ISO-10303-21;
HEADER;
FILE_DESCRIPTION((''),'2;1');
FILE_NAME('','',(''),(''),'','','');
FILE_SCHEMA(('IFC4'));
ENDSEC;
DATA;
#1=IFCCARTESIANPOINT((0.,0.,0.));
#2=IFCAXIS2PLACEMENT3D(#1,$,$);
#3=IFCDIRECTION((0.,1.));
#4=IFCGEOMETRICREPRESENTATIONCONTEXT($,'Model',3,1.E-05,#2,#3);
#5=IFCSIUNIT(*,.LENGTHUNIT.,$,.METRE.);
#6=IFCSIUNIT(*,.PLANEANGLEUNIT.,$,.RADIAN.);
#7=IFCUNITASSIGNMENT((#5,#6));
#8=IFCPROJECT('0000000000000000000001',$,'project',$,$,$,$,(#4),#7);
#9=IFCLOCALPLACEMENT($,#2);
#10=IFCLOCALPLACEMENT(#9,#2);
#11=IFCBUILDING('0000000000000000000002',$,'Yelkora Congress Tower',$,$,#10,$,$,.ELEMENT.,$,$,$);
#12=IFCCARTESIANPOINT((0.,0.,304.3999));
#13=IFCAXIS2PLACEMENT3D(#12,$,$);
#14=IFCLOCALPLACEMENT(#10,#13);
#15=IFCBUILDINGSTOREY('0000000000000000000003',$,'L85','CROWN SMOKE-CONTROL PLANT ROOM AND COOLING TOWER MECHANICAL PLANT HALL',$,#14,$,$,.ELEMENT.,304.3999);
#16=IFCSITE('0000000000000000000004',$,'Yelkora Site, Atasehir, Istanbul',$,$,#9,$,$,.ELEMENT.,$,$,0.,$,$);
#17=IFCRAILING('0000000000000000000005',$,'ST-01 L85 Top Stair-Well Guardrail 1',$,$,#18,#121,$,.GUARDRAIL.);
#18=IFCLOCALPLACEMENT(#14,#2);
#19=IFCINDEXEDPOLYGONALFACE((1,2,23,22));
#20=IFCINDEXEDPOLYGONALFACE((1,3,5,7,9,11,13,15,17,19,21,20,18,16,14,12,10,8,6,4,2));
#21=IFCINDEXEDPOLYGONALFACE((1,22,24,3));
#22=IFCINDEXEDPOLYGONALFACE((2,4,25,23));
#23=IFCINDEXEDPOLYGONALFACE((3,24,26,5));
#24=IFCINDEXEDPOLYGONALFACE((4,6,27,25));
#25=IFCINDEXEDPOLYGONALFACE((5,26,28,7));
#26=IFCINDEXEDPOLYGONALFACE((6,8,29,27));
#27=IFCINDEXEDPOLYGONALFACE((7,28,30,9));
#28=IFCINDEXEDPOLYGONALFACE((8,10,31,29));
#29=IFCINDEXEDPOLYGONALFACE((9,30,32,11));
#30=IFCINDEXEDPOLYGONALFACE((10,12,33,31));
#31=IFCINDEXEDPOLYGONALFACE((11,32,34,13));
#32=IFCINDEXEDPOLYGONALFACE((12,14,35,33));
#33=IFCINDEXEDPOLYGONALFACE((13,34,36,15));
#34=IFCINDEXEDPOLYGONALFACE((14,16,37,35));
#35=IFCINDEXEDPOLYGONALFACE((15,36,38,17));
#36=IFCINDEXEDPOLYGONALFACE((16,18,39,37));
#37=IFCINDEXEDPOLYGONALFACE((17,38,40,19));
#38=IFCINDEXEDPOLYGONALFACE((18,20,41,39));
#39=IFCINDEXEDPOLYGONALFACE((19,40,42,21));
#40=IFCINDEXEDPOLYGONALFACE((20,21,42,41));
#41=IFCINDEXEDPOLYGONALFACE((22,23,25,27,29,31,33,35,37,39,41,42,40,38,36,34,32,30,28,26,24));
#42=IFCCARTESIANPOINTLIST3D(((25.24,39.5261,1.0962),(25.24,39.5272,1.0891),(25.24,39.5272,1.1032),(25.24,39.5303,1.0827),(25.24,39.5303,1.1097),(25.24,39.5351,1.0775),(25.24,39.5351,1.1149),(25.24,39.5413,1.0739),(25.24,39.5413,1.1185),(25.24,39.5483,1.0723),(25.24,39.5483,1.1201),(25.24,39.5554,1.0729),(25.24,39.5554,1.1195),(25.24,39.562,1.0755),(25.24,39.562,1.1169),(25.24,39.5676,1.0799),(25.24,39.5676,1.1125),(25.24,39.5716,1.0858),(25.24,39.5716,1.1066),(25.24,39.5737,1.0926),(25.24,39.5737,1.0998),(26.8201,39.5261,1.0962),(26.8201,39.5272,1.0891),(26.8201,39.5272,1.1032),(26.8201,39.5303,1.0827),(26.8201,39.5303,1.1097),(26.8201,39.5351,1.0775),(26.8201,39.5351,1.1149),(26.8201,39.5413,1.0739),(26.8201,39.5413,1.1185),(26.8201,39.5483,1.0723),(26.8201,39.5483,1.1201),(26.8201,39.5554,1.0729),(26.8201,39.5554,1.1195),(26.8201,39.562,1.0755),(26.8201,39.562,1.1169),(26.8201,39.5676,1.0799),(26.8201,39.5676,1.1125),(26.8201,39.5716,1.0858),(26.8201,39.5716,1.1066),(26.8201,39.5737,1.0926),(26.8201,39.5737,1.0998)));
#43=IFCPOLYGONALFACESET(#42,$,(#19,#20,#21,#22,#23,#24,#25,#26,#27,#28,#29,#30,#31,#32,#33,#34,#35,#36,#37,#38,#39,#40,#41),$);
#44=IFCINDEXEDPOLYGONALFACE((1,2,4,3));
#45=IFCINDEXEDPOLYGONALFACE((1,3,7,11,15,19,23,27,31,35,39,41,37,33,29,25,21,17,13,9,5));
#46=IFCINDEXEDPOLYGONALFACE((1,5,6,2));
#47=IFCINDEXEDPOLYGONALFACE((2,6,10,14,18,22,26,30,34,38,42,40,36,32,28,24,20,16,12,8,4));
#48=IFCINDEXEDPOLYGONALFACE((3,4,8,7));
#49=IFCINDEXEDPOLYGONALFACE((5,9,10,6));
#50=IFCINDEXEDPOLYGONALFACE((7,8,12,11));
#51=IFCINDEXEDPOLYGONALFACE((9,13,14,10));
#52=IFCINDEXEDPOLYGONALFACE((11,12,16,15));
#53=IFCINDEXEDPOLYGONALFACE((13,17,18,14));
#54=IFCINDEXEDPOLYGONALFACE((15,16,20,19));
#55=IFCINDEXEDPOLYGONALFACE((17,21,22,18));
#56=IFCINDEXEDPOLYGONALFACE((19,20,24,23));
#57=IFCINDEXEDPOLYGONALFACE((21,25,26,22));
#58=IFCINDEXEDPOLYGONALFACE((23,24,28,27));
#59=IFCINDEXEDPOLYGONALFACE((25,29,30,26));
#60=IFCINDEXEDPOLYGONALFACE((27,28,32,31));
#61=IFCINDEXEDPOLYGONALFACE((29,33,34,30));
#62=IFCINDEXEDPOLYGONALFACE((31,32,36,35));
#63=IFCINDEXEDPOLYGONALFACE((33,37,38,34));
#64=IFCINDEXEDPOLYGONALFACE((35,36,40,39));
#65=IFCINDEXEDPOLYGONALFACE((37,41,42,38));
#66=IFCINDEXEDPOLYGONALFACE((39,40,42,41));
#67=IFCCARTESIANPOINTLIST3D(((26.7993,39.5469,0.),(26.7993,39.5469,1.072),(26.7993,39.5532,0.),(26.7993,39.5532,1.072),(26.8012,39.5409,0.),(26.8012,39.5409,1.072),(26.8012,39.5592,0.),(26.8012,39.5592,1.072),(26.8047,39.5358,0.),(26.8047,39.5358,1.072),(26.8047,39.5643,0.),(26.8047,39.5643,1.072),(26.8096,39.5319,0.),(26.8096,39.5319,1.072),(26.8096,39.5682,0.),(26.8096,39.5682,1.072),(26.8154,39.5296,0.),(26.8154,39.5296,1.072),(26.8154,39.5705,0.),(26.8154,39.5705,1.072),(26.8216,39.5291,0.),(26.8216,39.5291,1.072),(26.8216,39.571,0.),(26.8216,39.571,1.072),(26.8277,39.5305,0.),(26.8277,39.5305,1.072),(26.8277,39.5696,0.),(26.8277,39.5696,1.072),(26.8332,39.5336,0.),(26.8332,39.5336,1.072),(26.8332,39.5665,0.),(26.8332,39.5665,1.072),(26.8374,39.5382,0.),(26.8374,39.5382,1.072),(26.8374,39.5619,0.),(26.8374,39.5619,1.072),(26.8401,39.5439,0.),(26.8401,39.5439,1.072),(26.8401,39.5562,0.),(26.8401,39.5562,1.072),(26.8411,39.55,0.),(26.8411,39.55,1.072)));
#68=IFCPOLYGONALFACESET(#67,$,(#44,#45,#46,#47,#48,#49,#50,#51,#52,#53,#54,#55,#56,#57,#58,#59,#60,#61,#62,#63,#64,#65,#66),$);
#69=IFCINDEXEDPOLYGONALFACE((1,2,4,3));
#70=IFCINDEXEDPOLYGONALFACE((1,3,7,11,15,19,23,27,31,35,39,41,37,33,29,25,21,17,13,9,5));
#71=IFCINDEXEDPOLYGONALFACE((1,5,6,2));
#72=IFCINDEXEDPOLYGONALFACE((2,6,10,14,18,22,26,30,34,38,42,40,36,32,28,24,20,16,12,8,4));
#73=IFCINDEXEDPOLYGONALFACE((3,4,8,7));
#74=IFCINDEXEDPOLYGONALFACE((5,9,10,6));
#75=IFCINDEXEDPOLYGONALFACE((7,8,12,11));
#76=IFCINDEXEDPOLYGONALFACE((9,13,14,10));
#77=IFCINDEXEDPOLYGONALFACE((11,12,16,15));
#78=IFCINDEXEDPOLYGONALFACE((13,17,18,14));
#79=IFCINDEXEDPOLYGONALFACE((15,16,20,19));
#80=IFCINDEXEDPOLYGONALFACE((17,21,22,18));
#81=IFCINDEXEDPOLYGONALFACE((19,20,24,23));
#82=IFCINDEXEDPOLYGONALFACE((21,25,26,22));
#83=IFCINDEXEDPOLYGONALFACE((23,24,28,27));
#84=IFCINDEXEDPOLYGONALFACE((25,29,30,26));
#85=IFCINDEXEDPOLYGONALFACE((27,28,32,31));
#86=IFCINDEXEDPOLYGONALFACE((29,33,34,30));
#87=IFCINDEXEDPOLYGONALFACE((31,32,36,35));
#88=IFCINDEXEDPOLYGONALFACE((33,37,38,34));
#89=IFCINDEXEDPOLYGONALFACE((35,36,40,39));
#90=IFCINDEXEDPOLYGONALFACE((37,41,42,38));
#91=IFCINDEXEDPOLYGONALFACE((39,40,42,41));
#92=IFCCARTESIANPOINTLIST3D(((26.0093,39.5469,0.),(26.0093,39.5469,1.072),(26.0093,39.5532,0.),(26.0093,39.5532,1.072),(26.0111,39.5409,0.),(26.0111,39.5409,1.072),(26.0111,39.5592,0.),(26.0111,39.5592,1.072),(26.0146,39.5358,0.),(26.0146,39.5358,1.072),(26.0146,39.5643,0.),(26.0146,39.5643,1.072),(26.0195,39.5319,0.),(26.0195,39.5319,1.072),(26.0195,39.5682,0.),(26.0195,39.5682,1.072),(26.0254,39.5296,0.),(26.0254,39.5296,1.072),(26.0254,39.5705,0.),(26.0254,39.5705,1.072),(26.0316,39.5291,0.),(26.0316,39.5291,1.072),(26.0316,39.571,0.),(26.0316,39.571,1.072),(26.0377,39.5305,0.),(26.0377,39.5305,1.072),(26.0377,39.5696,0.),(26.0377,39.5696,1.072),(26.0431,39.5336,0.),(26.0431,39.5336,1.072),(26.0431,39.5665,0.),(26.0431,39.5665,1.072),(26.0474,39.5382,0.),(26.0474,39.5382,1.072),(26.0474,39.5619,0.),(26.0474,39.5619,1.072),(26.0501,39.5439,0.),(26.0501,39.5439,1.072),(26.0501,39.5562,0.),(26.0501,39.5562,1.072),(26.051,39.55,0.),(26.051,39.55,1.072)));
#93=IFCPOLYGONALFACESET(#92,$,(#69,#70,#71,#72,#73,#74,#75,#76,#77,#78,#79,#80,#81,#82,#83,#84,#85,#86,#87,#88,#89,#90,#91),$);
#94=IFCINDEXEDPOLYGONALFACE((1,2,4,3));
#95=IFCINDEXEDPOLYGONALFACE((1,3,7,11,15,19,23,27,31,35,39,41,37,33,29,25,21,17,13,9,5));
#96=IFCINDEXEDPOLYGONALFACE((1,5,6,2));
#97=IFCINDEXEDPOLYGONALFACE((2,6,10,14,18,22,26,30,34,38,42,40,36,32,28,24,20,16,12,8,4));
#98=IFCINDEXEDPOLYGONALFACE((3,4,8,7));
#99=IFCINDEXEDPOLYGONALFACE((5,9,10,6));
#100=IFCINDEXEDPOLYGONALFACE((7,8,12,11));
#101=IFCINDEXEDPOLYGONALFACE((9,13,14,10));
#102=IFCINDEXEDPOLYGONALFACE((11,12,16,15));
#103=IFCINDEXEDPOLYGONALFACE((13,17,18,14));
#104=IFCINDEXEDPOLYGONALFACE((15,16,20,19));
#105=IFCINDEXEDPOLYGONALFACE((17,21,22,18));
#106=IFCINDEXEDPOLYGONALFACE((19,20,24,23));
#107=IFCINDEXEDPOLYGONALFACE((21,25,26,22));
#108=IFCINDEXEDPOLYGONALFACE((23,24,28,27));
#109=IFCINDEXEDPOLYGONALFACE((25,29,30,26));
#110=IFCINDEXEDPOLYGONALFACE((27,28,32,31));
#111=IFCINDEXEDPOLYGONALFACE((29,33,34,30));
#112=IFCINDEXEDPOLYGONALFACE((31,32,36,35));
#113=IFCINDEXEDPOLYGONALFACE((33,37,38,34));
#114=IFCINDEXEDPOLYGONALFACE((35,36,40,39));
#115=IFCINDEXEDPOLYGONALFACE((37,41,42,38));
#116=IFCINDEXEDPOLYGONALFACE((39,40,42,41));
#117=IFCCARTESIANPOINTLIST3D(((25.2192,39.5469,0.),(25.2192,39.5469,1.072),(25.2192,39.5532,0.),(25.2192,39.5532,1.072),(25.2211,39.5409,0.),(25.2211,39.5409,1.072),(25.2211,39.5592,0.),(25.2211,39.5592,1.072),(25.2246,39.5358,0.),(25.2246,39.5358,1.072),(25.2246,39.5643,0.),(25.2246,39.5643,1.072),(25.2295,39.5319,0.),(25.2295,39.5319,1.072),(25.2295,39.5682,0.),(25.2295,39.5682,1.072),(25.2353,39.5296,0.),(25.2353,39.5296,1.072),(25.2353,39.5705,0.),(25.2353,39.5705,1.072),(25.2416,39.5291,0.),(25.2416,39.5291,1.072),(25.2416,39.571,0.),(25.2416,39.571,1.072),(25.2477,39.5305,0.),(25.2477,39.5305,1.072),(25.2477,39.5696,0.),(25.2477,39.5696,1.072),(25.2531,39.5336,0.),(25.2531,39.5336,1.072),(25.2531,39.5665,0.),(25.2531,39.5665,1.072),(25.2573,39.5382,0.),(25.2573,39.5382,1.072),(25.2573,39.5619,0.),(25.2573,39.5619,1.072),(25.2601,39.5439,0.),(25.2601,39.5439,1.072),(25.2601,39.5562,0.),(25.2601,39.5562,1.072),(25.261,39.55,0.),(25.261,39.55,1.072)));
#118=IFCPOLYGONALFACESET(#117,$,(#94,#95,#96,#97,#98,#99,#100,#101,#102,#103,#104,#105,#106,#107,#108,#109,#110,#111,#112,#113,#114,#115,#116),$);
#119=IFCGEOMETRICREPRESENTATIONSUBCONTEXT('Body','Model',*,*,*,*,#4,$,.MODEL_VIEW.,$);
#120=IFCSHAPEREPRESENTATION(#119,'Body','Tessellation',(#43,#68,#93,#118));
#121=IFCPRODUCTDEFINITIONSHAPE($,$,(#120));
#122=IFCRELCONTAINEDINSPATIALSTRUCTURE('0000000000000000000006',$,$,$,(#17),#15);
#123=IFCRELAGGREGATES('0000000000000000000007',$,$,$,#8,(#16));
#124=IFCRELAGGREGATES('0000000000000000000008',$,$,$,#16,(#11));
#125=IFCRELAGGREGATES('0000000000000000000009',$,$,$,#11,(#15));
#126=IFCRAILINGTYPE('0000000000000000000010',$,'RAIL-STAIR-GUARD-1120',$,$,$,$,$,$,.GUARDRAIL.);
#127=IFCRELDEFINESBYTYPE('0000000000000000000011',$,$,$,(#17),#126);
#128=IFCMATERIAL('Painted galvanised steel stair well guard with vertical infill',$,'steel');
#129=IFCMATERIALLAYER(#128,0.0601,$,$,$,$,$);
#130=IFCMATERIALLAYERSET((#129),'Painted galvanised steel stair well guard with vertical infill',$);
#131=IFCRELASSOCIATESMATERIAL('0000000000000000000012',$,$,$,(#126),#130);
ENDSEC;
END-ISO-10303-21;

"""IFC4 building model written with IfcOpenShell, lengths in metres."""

from ifc_helpers import new_model, si_unit, direction, frame, origin, origin_2d, place, context, subcontext, project, spatial, circle, extrude, material, layer, layer_set, type_object, element, save


model = new_model("IFC4")

# Units and contexts
model_context = context("Model", 3, precision=1e-05, world=origin(), true_north=direction((0.0, 1.0)))
body_context = subcontext(model_context, "Body", "Model", "MODEL_VIEW")
ifc_project = project(units=[si_unit("LENGTHUNIT", "METRE"), si_unit("PLANEANGLEUNIT", "RADIAN")], contexts=[model_context])

# Site, building, storey
site_placement = place(None, origin())
site = spatial("IfcSite", under=ifc_project, at=site_placement, Name="Yelkora Site, Atasehir, Istanbul", CompositionType="ELEMENT", RefElevation=0.0)
building_placement = place(site_placement, origin())
building = spatial("IfcBuilding", under=site, at=building_placement, Name="Yelkora Congress Tower", CompositionType="ELEMENT")
storey_placement = place(building_placement, frame((0.0, 0.0, 304.3999)))
storey = spatial("IfcBuildingStorey", under=building, at=storey_placement, Name="L85", Description="CROWN SMOKE-CONTROL PLANT ROOM AND COOLING TOWER MECHANICAL PLANT HALL", CompositionType="ELEMENT", Elevation=304.3999)

# Railing
ifc_material_1 = material(Name="Painted galvanised steel stair well guard with vertical infill", Category="steel")
ifc_layer_1 = layer(ifc_material_1, 0.0601)
ifc_layer_set_1 = layer_set([ifc_layer_1], Name="Painted galvanised steel stair well guard with vertical infill")
railing_type = type_object("IfcRailingType", Name="RAIL-STAIR-GUARD-1120", PredefinedType="GUARDRAIL", material=ifc_layer_set_1)
railing_placement = place(storey_placement, frame((26.8201, 39.55, 0.0)))
element("IfcRailing", 1, at=railing_placement, inside=storey, type_object=railing_type, Name="ST-01 L85 Top Stair-Well Guardrail 1", PredefinedType="GUARDRAIL", context=body_context, shape_type="SweptSolid", body=[
    extrude(circle(Radius=0.0239, at=origin_2d()), frame((0.0, 0.0, 1.0962), z_axis=(-1.0, 0.0, 0.0), x_axis=(0.0, -1.0, 0.0)), (0.0, 0.0, 1.0), 1.5801),
    extrude(circle(Radius=0.021, at=origin_2d()), origin(), (0.0, 0.0, 1.0), 1.072),
    extrude(circle(Radius=0.021, at=origin_2d()), frame((-0.79, 0.0, 0.0)), (0.0, 0.0, 1.0), 1.072),
    extrude(circle(Radius=0.021, at=origin_2d()), frame((-1.5801, 0.0, 0.0)), (0.0, 0.0, 1.0), 1.072),
])

save(model, "model.ifc")
